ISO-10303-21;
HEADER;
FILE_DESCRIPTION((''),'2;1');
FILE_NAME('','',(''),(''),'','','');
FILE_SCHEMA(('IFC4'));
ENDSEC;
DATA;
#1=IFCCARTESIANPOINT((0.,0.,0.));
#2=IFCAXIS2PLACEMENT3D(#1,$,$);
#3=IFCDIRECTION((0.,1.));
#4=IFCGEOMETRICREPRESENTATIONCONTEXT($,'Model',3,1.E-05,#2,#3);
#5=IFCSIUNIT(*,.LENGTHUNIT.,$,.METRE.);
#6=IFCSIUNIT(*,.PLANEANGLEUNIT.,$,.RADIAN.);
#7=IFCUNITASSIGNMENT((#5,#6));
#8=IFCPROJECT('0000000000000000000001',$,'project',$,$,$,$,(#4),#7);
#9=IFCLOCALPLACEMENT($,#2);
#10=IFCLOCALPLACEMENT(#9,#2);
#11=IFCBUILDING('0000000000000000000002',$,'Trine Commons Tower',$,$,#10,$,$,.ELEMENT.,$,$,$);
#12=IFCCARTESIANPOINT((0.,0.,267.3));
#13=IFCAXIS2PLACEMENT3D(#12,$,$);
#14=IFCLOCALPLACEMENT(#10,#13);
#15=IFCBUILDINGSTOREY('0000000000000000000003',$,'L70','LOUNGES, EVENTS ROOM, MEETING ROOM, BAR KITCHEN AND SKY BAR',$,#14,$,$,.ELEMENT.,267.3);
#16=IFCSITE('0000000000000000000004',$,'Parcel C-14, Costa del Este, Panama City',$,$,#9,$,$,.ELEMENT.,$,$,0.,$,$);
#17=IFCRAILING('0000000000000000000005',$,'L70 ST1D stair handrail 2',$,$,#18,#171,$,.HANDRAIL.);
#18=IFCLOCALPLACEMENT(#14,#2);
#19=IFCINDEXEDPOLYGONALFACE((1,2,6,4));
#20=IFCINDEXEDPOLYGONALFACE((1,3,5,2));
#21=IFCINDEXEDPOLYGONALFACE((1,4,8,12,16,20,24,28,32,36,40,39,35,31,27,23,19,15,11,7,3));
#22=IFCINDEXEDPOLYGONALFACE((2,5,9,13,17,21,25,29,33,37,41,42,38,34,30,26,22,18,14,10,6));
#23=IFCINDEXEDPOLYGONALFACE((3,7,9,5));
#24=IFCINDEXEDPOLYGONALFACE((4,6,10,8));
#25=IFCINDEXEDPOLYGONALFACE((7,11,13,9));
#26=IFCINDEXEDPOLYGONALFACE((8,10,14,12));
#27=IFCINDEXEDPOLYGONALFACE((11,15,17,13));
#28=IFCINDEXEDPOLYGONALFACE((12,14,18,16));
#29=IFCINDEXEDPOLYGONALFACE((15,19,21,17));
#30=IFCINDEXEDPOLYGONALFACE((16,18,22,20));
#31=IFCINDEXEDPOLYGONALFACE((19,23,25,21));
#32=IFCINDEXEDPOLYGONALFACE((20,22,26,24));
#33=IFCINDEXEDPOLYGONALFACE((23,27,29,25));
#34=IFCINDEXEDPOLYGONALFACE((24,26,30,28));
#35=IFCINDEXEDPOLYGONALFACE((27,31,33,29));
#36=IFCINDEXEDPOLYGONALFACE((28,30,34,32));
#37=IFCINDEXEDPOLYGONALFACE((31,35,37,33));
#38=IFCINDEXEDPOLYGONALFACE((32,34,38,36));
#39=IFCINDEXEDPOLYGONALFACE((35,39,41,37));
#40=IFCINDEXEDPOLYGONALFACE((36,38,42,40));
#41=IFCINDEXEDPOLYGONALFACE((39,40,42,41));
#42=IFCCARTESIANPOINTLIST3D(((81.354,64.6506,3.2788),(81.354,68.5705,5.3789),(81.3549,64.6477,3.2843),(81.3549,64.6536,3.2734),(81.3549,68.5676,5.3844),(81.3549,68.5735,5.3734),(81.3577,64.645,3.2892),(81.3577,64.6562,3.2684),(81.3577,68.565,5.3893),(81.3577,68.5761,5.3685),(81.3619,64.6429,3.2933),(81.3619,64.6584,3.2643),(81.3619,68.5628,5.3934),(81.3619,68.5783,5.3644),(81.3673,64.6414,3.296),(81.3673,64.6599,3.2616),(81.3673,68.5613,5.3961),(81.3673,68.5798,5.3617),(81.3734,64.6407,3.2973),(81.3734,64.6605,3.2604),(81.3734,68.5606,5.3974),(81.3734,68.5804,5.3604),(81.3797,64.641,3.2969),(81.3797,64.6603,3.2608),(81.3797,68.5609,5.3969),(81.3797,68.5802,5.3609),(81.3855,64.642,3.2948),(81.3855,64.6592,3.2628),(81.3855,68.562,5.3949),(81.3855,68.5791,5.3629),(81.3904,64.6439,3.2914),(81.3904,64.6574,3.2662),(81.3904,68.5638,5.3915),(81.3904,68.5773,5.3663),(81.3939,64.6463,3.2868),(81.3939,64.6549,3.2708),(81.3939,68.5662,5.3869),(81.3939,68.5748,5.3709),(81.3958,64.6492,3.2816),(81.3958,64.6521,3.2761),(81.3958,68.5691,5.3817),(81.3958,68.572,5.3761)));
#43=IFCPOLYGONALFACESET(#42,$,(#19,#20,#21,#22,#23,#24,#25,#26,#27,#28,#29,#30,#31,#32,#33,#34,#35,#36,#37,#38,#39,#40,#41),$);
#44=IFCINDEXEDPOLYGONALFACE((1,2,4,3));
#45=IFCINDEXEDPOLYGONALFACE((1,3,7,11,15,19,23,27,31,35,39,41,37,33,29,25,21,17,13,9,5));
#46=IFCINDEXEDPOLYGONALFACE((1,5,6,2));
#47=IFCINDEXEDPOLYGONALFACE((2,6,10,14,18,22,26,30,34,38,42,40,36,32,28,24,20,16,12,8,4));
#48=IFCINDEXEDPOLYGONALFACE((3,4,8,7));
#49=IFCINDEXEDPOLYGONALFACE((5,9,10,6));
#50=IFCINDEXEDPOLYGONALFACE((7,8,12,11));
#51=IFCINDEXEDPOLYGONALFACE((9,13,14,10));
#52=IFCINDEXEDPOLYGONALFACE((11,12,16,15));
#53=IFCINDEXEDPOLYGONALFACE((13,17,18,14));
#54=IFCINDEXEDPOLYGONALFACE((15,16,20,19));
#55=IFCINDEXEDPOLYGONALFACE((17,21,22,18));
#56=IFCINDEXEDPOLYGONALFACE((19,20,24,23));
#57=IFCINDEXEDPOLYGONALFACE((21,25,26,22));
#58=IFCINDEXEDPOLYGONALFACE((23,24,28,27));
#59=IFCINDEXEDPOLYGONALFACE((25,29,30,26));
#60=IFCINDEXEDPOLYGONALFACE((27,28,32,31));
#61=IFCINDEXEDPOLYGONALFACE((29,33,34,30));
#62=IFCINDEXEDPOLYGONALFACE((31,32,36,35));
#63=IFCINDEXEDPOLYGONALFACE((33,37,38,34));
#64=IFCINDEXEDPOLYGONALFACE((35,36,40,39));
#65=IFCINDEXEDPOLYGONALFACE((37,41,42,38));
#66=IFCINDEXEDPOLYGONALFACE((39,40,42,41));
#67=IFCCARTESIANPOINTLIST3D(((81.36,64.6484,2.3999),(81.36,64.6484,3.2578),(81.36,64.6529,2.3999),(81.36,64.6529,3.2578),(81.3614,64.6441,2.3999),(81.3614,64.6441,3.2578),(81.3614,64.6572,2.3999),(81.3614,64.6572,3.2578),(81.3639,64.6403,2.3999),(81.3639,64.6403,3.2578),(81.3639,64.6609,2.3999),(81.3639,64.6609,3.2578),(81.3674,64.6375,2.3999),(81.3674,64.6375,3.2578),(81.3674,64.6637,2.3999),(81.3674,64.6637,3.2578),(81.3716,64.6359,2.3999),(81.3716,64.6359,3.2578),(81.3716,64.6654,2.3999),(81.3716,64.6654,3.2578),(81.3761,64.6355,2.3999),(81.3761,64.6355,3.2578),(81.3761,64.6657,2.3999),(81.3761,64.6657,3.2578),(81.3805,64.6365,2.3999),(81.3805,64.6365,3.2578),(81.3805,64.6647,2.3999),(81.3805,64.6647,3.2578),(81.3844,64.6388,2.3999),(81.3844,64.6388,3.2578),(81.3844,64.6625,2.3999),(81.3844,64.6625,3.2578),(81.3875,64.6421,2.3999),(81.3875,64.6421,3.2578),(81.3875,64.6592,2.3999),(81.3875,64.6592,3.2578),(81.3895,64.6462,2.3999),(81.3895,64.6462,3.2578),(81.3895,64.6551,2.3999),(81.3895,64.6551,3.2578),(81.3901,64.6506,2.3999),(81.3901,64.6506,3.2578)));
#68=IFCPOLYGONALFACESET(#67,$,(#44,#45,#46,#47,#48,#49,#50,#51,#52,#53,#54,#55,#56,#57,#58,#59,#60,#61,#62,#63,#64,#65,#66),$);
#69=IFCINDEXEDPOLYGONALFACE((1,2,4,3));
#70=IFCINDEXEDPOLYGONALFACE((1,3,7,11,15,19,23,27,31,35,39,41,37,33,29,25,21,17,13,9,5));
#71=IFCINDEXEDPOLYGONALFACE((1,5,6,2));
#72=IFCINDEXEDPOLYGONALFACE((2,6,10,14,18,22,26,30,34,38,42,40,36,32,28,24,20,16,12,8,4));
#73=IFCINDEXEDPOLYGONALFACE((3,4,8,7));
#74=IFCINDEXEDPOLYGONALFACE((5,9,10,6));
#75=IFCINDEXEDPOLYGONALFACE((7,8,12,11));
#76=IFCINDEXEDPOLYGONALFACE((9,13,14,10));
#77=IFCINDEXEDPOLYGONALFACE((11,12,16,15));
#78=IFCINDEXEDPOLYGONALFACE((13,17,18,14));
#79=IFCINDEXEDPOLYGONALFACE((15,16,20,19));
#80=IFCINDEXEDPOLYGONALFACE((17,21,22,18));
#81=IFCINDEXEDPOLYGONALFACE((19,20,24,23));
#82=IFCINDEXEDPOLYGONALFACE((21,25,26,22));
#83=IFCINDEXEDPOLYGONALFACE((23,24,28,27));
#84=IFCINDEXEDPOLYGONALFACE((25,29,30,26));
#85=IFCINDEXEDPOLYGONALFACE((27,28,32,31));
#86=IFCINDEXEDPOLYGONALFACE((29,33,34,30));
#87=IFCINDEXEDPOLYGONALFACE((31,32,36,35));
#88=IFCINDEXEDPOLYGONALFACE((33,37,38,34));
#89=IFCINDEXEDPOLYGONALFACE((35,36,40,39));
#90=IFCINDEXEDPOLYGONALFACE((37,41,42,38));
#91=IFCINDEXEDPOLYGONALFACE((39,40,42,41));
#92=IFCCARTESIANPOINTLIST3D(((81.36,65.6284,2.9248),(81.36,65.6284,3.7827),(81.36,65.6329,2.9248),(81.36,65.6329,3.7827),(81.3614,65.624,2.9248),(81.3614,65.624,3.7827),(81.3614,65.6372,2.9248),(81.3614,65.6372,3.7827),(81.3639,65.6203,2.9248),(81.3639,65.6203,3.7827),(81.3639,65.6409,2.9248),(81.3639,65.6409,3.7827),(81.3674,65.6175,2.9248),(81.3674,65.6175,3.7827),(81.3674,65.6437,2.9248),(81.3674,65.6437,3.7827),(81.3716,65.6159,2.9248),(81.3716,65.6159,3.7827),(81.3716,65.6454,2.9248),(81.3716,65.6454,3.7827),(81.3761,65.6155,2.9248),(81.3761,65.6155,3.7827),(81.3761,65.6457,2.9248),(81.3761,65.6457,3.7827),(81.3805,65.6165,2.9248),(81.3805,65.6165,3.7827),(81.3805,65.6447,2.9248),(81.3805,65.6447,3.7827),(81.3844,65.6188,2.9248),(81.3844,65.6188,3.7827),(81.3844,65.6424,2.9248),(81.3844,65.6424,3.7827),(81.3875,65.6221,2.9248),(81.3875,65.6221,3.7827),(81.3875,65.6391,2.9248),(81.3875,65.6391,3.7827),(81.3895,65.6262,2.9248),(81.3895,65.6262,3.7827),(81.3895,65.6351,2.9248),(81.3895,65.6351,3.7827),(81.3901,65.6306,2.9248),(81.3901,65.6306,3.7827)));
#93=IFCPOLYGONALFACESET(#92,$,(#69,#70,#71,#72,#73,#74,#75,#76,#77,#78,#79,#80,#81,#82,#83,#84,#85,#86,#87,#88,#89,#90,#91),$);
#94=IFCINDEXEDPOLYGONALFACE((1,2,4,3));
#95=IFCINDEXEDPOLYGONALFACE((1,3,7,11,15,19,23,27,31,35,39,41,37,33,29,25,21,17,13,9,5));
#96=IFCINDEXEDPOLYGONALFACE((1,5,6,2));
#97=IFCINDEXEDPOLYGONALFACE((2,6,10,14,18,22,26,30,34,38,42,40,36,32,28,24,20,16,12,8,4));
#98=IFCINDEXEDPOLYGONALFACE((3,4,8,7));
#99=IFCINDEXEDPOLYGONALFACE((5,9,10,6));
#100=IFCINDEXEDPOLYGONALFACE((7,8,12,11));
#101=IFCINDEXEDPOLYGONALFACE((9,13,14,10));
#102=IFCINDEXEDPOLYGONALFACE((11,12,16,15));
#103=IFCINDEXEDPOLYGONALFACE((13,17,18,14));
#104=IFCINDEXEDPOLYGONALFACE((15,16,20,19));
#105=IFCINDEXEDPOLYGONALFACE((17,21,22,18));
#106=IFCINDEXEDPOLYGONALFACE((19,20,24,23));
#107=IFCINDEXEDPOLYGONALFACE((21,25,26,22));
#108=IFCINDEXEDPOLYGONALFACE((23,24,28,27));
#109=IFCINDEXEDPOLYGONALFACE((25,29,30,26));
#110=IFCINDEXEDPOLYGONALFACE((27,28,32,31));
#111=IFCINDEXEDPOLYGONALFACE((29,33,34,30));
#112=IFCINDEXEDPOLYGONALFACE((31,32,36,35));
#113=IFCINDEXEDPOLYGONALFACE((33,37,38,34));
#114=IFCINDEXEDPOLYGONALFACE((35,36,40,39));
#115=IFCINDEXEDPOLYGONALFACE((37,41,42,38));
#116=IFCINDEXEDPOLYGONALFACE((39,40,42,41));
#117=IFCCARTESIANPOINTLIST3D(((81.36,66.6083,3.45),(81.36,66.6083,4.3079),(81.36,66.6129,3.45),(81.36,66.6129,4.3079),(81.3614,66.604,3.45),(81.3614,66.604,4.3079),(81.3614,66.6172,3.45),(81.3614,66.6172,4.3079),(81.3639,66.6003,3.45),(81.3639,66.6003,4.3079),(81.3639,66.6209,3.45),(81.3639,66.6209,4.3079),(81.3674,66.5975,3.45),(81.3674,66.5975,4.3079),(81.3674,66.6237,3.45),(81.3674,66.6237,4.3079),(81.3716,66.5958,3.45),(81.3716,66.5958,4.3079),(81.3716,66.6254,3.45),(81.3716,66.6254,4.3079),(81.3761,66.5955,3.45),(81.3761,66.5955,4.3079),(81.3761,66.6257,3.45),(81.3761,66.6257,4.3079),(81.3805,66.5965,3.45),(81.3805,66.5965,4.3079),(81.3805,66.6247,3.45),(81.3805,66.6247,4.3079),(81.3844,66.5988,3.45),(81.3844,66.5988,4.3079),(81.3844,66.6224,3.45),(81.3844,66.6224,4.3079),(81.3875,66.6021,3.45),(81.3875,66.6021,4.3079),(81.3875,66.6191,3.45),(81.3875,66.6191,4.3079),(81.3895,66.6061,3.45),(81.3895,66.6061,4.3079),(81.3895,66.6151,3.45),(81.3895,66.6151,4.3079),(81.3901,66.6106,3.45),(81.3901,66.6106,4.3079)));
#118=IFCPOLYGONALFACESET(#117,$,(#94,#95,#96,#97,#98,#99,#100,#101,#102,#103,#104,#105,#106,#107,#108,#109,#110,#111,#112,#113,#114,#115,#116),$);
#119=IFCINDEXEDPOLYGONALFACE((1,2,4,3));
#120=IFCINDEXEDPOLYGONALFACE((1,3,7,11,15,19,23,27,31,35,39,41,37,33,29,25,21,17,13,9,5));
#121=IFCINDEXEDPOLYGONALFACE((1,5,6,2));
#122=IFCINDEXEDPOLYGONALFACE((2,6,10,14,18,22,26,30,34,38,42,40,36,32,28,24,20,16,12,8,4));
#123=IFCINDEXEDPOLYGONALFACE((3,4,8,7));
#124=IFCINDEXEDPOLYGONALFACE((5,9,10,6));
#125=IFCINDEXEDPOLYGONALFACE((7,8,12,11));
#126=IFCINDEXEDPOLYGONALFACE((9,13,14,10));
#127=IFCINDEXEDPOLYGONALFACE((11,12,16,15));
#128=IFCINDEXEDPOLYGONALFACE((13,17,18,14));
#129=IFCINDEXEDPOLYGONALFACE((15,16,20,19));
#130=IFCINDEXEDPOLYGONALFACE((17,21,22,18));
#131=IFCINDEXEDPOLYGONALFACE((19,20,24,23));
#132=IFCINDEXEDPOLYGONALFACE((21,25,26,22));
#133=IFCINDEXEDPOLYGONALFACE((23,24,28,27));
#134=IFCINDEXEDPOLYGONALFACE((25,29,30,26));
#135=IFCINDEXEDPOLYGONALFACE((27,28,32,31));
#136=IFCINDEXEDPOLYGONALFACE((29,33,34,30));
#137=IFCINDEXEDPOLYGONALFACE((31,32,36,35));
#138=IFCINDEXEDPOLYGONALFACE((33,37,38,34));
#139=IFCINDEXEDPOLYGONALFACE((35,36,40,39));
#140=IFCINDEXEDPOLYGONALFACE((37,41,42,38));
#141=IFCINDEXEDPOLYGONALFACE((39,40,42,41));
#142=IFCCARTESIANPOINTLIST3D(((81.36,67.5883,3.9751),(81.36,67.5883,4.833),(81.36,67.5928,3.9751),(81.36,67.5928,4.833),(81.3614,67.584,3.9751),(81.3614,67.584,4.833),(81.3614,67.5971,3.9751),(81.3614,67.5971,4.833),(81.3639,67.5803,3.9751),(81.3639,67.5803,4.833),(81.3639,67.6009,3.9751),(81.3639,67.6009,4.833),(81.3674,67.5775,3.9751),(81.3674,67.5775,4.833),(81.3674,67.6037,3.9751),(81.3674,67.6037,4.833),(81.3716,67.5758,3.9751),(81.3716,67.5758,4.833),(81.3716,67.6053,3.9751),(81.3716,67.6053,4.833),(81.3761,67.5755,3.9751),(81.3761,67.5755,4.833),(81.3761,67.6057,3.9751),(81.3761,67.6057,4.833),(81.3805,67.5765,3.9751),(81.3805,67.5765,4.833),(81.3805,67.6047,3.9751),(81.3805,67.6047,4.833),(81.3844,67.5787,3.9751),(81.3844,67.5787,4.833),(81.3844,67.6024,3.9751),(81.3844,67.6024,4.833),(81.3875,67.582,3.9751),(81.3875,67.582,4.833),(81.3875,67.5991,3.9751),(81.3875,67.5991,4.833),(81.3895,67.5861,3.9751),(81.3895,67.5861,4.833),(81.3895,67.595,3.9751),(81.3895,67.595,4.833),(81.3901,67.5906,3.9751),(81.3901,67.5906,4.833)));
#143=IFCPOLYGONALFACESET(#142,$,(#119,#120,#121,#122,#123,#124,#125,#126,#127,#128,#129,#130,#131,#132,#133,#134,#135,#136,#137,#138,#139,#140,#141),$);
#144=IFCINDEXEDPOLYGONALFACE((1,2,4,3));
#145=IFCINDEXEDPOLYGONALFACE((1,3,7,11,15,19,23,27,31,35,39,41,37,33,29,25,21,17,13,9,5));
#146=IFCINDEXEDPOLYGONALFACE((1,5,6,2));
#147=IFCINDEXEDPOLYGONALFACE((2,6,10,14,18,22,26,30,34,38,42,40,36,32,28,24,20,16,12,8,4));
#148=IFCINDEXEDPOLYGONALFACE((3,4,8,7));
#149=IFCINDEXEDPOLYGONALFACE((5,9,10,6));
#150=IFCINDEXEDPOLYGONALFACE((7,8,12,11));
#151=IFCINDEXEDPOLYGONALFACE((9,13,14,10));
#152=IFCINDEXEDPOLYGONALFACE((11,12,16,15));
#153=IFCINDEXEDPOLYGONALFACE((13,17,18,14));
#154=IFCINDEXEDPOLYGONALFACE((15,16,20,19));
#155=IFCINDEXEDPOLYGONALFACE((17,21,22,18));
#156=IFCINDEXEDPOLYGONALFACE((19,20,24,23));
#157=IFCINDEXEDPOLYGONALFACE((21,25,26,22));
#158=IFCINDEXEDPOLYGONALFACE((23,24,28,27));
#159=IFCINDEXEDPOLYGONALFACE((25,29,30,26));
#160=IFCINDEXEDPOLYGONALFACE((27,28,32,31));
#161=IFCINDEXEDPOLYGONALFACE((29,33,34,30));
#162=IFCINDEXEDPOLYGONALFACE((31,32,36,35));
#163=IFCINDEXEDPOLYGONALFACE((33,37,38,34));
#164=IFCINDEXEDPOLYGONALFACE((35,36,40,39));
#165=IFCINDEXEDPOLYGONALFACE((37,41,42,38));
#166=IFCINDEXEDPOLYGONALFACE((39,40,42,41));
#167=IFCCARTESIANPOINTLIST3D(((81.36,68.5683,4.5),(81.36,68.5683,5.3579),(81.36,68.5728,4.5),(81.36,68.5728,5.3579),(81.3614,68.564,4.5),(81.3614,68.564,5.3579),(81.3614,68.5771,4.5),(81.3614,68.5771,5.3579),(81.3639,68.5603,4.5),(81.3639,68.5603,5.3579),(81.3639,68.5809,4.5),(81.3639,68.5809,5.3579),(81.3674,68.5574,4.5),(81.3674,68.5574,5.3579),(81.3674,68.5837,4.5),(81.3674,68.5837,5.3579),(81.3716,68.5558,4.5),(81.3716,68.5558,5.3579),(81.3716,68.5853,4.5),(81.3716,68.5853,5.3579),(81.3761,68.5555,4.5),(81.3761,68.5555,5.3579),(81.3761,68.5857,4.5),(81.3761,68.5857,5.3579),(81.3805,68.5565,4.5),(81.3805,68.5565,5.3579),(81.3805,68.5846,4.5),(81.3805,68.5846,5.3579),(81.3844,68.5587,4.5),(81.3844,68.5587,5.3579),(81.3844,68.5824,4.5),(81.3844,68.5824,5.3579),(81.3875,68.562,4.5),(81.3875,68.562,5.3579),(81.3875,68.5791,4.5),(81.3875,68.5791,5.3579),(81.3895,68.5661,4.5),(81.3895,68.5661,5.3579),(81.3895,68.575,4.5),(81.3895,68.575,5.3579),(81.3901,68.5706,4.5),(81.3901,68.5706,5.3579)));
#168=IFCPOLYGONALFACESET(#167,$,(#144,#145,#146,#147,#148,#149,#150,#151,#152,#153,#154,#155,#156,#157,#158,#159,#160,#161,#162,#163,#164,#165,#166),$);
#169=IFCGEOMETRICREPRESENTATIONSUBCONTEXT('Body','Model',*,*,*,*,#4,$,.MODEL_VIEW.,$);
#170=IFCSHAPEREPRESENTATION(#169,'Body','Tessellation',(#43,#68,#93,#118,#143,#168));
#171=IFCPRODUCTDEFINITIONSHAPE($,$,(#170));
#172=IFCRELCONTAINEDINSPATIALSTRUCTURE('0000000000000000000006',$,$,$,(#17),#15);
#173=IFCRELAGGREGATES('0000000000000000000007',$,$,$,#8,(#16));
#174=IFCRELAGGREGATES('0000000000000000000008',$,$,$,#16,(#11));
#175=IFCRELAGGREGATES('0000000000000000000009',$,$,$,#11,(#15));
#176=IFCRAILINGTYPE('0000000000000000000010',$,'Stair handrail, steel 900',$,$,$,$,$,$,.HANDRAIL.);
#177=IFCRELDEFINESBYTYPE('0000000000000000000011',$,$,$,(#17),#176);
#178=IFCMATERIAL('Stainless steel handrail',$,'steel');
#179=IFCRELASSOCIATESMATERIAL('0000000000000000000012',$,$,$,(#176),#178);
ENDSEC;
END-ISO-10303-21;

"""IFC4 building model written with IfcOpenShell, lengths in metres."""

from ifc_helpers import new_model, si_unit, direction, frame, origin, origin_2d, place, context, subcontext, project, spatial, circle, extrude, material, type_object, element, save


model = new_model("IFC4")

# Units and contexts
model_context = context("Model", 3, precision=1e-05, world=origin(), true_north=direction((0.0, 1.0)))
body_context = subcontext(model_context, "Body", "Model", "MODEL_VIEW")
ifc_project = project(units=[si_unit("LENGTHUNIT", "METRE"), si_unit("PLANEANGLEUNIT", "RADIAN")], contexts=[model_context])

# Site, building, storey
site_placement = place(None, origin())
site = spatial("IfcSite", under=ifc_project, at=site_placement, Name="Parcel C-14, Costa del Este, Panama City", CompositionType="ELEMENT", RefElevation=0.0)
building_placement = place(site_placement, origin())
building = spatial("IfcBuilding", under=site, at=building_placement, Name="Trine Commons Tower", CompositionType="ELEMENT")
storey_placement = place(building_placement, frame((0.0, 0.0, 267.3)))
storey = spatial("IfcBuildingStorey", under=building, at=storey_placement, Name="L70", Description="LOUNGES, EVENTS ROOM, MEETING ROOM, BAR KITCHEN AND SKY BAR", CompositionType="ELEMENT", Elevation=267.3)

# Railing
ifc_material_1 = material(Name="Stainless steel handrail", Category="steel")
railing_type_1 = type_object("IfcRailingType", Name="Stair handrail, steel 900", PredefinedType="HANDRAIL", material=ifc_material_1)
railing_1_placement = place(storey_placement, frame((81.375, 64.6506, 2.3999)))
element("IfcRailing", 1, at=railing_1_placement, inside=storey, type_object=railing_type_1, Name="L70 ST1D stair handrail 2", PredefinedType="HANDRAIL", context=body_context, shape_type="SweptSolid", body=[
    extrude(circle(Radius=0.021, at=origin_2d()), frame((0.0, 0.0, 0.8789), z_axis=(0.0, 0.881467, 0.472246), x_axis=(-1.0, 0.0, 0.0)), (0.0, 0.0, 1.0), 4.447),
    extrude(circle(Radius=0.0151, at=origin_2d()), origin(), (0.0, 0.0, 1.0), 0.8579),
    extrude(circle(Radius=0.0151, at=origin_2d()), frame((0.0, 0.98, 0.5249)), (0.0, 0.0, 1.0), 0.8579),
    extrude(circle(Radius=0.0151, at=origin_2d()), frame((0.0, 1.96, 1.05)), (0.0, 0.0, 1.0), 0.8579),
    extrude(circle(Radius=0.0151, at=origin_2d()), frame((0.0, 2.9399, 1.5752)), (0.0, 0.0, 1.0), 0.8579),
    extrude(circle(Radius=0.0151, at=origin_2d()), frame((0.0, 3.9199, 2.1001)), (0.0, 0.0, 1.0), 0.8579),
])

save(model, "model.ifc")
